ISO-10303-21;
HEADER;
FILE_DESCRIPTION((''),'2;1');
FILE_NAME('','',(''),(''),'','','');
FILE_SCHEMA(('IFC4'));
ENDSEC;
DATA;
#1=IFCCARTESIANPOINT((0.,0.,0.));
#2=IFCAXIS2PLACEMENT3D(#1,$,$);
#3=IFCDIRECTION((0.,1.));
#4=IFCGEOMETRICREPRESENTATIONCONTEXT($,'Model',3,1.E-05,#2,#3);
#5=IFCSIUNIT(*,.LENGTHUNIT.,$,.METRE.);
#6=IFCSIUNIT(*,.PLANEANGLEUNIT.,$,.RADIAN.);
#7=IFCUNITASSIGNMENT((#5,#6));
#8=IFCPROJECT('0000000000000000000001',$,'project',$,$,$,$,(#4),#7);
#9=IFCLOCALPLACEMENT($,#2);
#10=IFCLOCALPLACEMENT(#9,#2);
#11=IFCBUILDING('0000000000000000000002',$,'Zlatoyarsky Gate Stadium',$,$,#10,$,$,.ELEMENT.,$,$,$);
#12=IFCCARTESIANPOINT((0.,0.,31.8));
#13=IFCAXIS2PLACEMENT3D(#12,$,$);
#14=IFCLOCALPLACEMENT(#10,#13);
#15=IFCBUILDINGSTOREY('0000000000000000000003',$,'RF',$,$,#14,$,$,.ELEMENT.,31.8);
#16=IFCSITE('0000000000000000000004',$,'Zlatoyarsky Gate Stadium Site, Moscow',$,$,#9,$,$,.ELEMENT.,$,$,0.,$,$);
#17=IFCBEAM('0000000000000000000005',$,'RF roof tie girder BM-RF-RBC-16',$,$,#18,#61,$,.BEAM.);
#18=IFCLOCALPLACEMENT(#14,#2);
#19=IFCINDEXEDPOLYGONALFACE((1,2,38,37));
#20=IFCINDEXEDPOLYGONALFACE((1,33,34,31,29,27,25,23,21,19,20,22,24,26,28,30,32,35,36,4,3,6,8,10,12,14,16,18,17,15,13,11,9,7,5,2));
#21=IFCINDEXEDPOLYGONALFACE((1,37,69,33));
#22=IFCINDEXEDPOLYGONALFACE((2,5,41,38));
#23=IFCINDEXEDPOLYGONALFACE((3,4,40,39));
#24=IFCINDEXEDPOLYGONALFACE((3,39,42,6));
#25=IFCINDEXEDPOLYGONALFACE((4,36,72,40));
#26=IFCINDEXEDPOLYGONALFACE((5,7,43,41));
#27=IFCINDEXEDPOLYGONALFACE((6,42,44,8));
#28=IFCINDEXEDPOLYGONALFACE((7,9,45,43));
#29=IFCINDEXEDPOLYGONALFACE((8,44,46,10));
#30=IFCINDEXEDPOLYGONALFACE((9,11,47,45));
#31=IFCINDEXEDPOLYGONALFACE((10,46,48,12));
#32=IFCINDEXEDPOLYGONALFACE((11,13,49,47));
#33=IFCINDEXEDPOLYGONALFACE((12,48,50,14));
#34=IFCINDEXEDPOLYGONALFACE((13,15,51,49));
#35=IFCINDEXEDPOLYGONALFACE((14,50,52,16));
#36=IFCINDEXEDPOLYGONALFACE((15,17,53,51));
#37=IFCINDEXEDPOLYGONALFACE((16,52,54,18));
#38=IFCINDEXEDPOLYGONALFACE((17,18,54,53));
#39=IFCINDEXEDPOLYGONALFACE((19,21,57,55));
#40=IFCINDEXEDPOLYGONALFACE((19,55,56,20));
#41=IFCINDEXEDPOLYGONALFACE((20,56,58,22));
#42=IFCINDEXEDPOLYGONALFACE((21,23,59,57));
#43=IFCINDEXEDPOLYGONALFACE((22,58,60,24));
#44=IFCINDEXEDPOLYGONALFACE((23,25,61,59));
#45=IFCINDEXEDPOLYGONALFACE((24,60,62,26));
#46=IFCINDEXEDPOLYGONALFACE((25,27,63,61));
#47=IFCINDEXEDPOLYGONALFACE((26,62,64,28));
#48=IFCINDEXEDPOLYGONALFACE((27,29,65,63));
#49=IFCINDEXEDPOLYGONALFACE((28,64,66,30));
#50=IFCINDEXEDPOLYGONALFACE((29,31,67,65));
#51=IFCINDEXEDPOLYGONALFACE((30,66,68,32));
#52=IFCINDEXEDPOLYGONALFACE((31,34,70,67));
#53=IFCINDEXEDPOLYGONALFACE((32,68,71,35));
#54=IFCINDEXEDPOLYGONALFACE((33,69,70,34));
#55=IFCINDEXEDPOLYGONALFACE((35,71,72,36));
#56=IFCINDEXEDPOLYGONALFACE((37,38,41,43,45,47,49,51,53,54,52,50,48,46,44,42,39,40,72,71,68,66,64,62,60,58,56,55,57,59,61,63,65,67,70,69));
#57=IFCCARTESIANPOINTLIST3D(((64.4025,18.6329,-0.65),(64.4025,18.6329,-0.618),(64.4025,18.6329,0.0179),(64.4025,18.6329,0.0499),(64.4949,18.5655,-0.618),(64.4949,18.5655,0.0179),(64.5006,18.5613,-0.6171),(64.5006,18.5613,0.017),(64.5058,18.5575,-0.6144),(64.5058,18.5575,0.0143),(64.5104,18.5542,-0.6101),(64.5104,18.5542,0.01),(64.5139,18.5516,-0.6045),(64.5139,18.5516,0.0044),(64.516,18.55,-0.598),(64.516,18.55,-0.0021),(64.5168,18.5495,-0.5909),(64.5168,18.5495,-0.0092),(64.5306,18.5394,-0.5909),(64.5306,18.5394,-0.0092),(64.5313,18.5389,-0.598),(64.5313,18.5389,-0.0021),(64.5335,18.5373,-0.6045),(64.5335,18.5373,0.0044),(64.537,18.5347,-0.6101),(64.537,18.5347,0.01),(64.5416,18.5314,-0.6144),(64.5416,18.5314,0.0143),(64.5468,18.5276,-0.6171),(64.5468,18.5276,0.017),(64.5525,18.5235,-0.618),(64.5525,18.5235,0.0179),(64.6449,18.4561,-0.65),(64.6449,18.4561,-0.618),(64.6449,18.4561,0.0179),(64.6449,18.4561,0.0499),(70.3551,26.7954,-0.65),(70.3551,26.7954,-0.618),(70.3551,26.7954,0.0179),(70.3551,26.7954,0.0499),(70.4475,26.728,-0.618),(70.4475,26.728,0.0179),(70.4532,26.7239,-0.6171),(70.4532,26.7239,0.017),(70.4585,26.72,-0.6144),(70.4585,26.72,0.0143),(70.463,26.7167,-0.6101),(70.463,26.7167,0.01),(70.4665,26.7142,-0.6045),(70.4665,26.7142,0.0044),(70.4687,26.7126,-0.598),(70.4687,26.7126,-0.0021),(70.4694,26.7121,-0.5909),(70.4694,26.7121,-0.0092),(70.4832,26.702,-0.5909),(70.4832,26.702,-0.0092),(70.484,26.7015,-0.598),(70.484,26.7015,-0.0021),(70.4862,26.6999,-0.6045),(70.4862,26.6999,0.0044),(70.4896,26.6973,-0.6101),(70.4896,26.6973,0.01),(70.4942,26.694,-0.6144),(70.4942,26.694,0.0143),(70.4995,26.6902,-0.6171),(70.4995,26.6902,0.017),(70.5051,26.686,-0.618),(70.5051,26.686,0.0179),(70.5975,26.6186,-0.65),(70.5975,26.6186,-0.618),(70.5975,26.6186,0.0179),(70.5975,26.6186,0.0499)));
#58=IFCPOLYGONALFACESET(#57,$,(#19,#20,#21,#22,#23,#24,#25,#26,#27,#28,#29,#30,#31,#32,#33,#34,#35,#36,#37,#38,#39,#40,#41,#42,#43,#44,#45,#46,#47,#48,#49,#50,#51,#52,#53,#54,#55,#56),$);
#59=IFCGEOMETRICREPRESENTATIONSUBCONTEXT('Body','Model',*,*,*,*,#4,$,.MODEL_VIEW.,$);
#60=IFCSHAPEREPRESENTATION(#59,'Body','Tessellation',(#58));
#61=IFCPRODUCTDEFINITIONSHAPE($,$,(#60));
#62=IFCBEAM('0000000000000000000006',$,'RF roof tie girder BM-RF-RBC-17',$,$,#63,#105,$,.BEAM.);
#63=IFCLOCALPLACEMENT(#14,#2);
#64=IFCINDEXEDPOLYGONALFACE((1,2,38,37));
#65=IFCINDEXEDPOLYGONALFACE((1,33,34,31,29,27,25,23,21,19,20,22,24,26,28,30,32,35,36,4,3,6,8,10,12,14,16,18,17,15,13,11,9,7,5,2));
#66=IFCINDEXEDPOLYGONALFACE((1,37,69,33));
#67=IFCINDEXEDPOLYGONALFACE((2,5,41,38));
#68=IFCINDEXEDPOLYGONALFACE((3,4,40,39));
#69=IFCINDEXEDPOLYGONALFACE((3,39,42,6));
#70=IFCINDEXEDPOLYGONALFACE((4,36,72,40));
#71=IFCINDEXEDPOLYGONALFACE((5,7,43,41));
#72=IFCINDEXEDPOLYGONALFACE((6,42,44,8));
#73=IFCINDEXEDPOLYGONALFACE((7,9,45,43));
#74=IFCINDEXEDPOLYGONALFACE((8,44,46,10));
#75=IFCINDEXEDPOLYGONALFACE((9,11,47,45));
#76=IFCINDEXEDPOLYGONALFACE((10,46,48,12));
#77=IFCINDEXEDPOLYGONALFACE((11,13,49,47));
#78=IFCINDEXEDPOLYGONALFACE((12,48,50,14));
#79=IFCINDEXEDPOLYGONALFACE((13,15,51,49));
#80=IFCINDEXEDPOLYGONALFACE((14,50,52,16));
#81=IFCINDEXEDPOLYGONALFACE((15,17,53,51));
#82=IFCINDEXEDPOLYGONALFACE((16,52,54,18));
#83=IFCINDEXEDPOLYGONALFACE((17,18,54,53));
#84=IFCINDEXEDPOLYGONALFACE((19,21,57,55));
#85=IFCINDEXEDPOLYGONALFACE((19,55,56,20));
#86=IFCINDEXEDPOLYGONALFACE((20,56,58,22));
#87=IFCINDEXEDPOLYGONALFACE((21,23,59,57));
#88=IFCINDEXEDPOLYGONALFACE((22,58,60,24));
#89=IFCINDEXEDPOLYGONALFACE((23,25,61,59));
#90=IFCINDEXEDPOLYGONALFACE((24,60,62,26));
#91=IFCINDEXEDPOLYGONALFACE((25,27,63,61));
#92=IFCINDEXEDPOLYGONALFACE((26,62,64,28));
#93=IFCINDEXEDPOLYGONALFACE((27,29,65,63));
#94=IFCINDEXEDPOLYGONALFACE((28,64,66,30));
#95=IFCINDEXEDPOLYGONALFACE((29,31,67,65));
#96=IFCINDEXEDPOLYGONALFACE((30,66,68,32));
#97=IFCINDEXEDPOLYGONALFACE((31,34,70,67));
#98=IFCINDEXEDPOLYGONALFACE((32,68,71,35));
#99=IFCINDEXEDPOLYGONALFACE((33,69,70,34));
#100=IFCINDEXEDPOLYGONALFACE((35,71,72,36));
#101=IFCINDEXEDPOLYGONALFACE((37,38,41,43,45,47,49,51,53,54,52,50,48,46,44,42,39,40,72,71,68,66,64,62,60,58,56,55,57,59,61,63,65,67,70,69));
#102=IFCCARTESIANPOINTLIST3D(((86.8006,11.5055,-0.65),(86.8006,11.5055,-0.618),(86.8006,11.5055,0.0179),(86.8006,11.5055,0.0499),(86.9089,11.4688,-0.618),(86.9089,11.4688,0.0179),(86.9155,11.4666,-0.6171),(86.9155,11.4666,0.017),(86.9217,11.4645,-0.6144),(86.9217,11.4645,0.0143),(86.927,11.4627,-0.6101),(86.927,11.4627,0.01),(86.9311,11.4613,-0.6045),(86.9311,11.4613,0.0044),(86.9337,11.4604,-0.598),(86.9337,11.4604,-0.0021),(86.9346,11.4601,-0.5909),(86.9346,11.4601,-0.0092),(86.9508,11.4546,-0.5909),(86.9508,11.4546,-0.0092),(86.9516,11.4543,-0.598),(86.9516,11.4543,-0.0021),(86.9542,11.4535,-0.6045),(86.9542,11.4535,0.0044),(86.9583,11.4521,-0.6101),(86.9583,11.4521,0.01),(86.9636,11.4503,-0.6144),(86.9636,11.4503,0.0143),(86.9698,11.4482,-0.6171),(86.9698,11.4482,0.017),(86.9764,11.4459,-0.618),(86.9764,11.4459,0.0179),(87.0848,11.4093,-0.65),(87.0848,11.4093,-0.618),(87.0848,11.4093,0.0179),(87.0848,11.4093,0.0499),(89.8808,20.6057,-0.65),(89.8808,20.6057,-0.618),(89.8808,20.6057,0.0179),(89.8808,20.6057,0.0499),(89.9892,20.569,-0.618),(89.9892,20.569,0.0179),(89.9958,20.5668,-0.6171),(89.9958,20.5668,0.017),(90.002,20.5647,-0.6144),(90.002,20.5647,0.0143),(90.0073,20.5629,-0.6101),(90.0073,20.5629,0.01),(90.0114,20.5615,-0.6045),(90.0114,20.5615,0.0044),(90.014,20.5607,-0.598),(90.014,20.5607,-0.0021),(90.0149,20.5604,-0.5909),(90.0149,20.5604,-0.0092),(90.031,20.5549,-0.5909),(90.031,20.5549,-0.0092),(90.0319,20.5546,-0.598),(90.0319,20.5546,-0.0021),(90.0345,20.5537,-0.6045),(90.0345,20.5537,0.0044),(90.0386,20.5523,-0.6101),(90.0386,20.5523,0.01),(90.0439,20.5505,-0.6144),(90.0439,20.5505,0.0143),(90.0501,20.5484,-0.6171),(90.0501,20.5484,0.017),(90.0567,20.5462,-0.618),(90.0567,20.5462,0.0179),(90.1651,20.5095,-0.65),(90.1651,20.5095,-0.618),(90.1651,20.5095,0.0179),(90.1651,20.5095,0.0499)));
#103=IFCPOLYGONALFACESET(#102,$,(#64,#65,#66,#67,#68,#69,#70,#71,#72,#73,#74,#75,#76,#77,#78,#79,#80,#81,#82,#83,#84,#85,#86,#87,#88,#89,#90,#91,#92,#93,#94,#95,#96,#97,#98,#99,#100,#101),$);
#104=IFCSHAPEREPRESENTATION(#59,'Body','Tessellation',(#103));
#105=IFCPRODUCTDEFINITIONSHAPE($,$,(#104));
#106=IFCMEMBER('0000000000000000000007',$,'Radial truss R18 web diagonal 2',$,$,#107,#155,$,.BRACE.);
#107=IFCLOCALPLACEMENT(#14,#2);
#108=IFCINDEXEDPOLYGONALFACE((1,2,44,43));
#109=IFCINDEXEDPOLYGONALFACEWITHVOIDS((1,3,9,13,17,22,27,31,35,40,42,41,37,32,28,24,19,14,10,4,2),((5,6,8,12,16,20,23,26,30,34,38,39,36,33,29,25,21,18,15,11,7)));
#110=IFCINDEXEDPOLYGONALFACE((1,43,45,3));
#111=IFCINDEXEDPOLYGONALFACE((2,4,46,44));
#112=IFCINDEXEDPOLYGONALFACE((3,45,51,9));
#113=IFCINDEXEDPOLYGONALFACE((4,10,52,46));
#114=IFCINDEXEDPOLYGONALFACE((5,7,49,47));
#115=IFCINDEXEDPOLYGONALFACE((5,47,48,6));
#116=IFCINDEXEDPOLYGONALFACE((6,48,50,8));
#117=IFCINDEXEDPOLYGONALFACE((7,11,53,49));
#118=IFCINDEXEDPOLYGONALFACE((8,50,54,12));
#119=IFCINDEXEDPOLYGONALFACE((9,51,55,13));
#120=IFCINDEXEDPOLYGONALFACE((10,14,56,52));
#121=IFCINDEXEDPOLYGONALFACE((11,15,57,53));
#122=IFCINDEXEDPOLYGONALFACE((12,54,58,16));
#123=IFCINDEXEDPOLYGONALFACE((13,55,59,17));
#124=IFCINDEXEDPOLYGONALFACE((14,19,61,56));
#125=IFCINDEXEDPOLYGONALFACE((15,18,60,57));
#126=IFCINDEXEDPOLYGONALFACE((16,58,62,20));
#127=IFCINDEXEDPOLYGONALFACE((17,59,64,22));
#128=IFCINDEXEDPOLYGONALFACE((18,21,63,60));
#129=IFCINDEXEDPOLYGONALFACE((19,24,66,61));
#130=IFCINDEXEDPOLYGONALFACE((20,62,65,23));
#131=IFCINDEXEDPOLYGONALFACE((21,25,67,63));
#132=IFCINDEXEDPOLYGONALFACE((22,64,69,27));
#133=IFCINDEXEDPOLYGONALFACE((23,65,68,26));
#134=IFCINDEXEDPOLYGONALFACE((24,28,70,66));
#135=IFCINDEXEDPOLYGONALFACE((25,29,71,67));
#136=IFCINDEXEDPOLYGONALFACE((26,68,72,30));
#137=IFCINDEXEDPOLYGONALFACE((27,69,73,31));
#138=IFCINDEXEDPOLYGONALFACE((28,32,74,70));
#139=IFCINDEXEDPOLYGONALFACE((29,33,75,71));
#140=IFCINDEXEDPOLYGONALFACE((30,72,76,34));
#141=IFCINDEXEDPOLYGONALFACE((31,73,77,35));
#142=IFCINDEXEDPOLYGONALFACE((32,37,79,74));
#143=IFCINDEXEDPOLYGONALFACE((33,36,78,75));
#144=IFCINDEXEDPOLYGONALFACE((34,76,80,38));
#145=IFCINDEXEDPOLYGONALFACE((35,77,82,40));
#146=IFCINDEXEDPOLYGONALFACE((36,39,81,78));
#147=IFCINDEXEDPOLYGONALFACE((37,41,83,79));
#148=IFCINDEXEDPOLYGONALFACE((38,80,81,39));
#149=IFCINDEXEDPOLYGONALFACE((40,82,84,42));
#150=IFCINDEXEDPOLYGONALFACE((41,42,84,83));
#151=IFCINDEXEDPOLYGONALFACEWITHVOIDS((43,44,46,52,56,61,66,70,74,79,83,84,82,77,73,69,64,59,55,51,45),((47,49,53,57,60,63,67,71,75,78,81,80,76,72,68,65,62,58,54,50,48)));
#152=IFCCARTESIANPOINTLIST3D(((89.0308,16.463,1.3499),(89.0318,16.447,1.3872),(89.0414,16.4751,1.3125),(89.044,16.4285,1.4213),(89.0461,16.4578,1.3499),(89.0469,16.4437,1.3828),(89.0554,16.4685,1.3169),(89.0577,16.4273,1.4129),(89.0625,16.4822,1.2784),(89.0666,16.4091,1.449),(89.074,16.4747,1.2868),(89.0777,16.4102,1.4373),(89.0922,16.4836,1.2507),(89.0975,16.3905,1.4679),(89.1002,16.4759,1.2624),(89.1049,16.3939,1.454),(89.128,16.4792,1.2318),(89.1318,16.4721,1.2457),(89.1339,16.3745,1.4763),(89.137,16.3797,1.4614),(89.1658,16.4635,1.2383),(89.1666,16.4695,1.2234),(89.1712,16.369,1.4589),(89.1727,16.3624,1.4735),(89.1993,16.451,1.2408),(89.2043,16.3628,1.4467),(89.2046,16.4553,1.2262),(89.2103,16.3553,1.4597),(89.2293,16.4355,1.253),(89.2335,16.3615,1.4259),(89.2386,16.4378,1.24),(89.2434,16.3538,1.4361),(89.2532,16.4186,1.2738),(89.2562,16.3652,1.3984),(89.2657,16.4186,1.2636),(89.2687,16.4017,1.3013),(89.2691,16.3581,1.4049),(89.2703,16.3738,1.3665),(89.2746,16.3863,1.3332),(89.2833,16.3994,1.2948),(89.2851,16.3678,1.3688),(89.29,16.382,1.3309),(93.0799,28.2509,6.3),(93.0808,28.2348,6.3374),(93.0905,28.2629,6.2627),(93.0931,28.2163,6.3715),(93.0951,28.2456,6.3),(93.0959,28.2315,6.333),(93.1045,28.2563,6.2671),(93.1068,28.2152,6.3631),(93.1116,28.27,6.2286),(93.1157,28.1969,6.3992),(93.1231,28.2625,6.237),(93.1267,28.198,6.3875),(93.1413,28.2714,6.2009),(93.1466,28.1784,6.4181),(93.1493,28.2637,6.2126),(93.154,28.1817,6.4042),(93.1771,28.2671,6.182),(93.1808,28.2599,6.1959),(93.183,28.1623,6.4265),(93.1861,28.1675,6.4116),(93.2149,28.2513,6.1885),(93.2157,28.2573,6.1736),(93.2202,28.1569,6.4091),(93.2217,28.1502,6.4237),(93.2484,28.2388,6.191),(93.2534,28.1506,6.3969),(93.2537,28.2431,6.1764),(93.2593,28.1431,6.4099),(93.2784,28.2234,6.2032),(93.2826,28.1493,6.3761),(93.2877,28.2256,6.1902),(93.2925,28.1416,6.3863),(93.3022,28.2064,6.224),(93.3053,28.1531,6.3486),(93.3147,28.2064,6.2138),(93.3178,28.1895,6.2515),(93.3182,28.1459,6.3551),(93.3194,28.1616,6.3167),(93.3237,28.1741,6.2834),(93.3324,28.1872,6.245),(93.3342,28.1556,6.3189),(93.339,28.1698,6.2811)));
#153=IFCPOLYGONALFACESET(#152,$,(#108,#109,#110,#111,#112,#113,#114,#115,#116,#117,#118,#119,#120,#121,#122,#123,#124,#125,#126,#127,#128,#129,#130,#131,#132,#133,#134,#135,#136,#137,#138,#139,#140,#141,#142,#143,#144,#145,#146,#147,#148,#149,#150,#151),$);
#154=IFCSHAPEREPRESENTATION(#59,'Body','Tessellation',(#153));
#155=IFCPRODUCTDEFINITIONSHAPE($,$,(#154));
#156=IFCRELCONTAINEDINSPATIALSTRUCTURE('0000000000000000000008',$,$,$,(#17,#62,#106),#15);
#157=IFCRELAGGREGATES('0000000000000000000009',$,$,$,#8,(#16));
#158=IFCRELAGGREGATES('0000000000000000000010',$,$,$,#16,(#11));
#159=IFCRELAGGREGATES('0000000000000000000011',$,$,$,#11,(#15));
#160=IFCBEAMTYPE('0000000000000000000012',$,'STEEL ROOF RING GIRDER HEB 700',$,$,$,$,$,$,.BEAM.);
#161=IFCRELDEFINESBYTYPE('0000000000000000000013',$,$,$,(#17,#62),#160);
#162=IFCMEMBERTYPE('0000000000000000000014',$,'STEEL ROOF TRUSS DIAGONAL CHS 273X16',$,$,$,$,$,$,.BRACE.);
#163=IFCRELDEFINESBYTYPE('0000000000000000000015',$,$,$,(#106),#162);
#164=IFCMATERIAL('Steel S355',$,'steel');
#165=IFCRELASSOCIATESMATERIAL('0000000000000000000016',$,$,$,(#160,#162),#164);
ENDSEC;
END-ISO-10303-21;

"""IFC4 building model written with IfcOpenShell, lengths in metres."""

from ifc_helpers import new_model, si_unit, direction, frame, origin, origin_2d, place, context, subcontext, project, spatial, hollow_circle, i_section, extrude, material, material_profile, profile_set, type_object, element, save


model = new_model("IFC4")

# Units and contexts
model_context = context("Model", 3, precision=1e-05, world=origin(), true_north=direction((0.0, 1.0)))
body_context = subcontext(model_context, "Body", "Model", "MODEL_VIEW")
ifc_project = project(units=[si_unit("LENGTHUNIT", "METRE"), si_unit("PLANEANGLEUNIT", "RADIAN")], contexts=[model_context])

# Site, building, storey
site_placement = place(None, origin())
site = spatial("IfcSite", under=ifc_project, at=site_placement, Name="Zlatoyarsky Gate Stadium Site, Moscow", CompositionType="ELEMENT", RefElevation=0.0)
building_placement = place(site_placement, origin())
building = spatial("IfcBuilding", under=site, at=building_placement, Name="Zlatoyarsky Gate Stadium", CompositionType="ELEMENT")
storey_placement = place(building_placement, frame((0.0, 0.0, 31.8)))
storey = spatial("IfcBuildingStorey", under=building, at=storey_placement, Name="RF", CompositionType="ELEMENT", Elevation=31.8)

# Shared definitions
ifc_material_1 = material(Name="Steel S355", Category="steel")

# Beams
ifc_material_profile_1 = material_profile(ifc_material_1, i_section(OverallWidth=0.3, OverallDepth=0.7, WebThickness=0.0171, FlangeThickness=0.032, FilletRadius=0.0271, at=origin_2d()), Name="HEB 700")
ifc_profile_set_1 = profile_set([ifc_material_profile_1], Name="Steel S355")
beam_type = type_object("IfcBeamType", Name="STEEL ROOF RING GIRDER HEB 700", PredefinedType="BEAM", material=ifc_profile_set_1)
beam_1_placement = place(storey_placement, frame((70.4763, 26.707, -0.3), z_axis=(-0.58922, -0.807973, 0.0), x_axis=(0.807973, -0.58922, 0.0)))
element("IfcBeam", 1, at=beam_1_placement, inside=storey, type_object=beam_type, Name="RF roof tie girder BM-RF-RBC-16", PredefinedType="BEAM", context=body_context, shape_type="SweptSolid", body=[
    extrude(i_section(OverallWidth=0.3, OverallDepth=0.7, WebThickness=0.0171, FlangeThickness=0.032, FilletRadius=0.0271, at=origin_2d()), origin(), (0.0, 0.0, 1.0), 10.1025),
])
beam_2_placement = place(storey_placement, frame((90.0229, 20.5576, -0.3), z_axis=(-0.320615, -0.947209, 0.0), x_axis=(0.947209, -0.320615, 0.0)))
element("IfcBeam", 2, at=beam_2_placement, inside=storey, type_object=beam_type, Name="RF roof tie girder BM-RF-RBC-17", PredefinedType="BEAM", context=body_context, shape_type="SweptSolid", body=[
    extrude(i_section(OverallWidth=0.3, OverallDepth=0.7, WebThickness=0.0171, FlangeThickness=0.032, FilletRadius=0.0271, at=origin_2d()), origin(), (0.0, 0.0, 1.0), 9.6074),
])

# Member
ifc_material_profile_2 = material_profile(ifc_material_1, hollow_circle(Radius=0.1365, WallThickness=0.0161, at=origin_2d()), Name="CHS 273X16")
ifc_profile_set_2 = profile_set([ifc_material_profile_2], Name="Steel S355")
member_type_1 = type_object("IfcMemberType", Name="STEEL ROOF TRUSS DIAGONAL CHS 273X16", PredefinedType="BRACE", material=ifc_profile_set_2)
member_1_placement = place(storey_placement, frame((89.1599, 16.4187, 1.3499), z_axis=(0.301924, 0.878974, 0.369117), x_axis=(-0.945761, 0.324865, 0.0)))
element("IfcMember", 3, at=member_1_placement, inside=storey, type_object=member_type_1, Name="Radial truss R18 web diagonal 2", PredefinedType="BRACE", context=body_context, shape_type="SweptSolid", body=[
    extrude(hollow_circle(Radius=0.1365, WallThickness=0.0161, at=origin_2d()), origin(), (0.0, 0.0, 1.0), 13.4109),
])

save(model, "model.ifc")
